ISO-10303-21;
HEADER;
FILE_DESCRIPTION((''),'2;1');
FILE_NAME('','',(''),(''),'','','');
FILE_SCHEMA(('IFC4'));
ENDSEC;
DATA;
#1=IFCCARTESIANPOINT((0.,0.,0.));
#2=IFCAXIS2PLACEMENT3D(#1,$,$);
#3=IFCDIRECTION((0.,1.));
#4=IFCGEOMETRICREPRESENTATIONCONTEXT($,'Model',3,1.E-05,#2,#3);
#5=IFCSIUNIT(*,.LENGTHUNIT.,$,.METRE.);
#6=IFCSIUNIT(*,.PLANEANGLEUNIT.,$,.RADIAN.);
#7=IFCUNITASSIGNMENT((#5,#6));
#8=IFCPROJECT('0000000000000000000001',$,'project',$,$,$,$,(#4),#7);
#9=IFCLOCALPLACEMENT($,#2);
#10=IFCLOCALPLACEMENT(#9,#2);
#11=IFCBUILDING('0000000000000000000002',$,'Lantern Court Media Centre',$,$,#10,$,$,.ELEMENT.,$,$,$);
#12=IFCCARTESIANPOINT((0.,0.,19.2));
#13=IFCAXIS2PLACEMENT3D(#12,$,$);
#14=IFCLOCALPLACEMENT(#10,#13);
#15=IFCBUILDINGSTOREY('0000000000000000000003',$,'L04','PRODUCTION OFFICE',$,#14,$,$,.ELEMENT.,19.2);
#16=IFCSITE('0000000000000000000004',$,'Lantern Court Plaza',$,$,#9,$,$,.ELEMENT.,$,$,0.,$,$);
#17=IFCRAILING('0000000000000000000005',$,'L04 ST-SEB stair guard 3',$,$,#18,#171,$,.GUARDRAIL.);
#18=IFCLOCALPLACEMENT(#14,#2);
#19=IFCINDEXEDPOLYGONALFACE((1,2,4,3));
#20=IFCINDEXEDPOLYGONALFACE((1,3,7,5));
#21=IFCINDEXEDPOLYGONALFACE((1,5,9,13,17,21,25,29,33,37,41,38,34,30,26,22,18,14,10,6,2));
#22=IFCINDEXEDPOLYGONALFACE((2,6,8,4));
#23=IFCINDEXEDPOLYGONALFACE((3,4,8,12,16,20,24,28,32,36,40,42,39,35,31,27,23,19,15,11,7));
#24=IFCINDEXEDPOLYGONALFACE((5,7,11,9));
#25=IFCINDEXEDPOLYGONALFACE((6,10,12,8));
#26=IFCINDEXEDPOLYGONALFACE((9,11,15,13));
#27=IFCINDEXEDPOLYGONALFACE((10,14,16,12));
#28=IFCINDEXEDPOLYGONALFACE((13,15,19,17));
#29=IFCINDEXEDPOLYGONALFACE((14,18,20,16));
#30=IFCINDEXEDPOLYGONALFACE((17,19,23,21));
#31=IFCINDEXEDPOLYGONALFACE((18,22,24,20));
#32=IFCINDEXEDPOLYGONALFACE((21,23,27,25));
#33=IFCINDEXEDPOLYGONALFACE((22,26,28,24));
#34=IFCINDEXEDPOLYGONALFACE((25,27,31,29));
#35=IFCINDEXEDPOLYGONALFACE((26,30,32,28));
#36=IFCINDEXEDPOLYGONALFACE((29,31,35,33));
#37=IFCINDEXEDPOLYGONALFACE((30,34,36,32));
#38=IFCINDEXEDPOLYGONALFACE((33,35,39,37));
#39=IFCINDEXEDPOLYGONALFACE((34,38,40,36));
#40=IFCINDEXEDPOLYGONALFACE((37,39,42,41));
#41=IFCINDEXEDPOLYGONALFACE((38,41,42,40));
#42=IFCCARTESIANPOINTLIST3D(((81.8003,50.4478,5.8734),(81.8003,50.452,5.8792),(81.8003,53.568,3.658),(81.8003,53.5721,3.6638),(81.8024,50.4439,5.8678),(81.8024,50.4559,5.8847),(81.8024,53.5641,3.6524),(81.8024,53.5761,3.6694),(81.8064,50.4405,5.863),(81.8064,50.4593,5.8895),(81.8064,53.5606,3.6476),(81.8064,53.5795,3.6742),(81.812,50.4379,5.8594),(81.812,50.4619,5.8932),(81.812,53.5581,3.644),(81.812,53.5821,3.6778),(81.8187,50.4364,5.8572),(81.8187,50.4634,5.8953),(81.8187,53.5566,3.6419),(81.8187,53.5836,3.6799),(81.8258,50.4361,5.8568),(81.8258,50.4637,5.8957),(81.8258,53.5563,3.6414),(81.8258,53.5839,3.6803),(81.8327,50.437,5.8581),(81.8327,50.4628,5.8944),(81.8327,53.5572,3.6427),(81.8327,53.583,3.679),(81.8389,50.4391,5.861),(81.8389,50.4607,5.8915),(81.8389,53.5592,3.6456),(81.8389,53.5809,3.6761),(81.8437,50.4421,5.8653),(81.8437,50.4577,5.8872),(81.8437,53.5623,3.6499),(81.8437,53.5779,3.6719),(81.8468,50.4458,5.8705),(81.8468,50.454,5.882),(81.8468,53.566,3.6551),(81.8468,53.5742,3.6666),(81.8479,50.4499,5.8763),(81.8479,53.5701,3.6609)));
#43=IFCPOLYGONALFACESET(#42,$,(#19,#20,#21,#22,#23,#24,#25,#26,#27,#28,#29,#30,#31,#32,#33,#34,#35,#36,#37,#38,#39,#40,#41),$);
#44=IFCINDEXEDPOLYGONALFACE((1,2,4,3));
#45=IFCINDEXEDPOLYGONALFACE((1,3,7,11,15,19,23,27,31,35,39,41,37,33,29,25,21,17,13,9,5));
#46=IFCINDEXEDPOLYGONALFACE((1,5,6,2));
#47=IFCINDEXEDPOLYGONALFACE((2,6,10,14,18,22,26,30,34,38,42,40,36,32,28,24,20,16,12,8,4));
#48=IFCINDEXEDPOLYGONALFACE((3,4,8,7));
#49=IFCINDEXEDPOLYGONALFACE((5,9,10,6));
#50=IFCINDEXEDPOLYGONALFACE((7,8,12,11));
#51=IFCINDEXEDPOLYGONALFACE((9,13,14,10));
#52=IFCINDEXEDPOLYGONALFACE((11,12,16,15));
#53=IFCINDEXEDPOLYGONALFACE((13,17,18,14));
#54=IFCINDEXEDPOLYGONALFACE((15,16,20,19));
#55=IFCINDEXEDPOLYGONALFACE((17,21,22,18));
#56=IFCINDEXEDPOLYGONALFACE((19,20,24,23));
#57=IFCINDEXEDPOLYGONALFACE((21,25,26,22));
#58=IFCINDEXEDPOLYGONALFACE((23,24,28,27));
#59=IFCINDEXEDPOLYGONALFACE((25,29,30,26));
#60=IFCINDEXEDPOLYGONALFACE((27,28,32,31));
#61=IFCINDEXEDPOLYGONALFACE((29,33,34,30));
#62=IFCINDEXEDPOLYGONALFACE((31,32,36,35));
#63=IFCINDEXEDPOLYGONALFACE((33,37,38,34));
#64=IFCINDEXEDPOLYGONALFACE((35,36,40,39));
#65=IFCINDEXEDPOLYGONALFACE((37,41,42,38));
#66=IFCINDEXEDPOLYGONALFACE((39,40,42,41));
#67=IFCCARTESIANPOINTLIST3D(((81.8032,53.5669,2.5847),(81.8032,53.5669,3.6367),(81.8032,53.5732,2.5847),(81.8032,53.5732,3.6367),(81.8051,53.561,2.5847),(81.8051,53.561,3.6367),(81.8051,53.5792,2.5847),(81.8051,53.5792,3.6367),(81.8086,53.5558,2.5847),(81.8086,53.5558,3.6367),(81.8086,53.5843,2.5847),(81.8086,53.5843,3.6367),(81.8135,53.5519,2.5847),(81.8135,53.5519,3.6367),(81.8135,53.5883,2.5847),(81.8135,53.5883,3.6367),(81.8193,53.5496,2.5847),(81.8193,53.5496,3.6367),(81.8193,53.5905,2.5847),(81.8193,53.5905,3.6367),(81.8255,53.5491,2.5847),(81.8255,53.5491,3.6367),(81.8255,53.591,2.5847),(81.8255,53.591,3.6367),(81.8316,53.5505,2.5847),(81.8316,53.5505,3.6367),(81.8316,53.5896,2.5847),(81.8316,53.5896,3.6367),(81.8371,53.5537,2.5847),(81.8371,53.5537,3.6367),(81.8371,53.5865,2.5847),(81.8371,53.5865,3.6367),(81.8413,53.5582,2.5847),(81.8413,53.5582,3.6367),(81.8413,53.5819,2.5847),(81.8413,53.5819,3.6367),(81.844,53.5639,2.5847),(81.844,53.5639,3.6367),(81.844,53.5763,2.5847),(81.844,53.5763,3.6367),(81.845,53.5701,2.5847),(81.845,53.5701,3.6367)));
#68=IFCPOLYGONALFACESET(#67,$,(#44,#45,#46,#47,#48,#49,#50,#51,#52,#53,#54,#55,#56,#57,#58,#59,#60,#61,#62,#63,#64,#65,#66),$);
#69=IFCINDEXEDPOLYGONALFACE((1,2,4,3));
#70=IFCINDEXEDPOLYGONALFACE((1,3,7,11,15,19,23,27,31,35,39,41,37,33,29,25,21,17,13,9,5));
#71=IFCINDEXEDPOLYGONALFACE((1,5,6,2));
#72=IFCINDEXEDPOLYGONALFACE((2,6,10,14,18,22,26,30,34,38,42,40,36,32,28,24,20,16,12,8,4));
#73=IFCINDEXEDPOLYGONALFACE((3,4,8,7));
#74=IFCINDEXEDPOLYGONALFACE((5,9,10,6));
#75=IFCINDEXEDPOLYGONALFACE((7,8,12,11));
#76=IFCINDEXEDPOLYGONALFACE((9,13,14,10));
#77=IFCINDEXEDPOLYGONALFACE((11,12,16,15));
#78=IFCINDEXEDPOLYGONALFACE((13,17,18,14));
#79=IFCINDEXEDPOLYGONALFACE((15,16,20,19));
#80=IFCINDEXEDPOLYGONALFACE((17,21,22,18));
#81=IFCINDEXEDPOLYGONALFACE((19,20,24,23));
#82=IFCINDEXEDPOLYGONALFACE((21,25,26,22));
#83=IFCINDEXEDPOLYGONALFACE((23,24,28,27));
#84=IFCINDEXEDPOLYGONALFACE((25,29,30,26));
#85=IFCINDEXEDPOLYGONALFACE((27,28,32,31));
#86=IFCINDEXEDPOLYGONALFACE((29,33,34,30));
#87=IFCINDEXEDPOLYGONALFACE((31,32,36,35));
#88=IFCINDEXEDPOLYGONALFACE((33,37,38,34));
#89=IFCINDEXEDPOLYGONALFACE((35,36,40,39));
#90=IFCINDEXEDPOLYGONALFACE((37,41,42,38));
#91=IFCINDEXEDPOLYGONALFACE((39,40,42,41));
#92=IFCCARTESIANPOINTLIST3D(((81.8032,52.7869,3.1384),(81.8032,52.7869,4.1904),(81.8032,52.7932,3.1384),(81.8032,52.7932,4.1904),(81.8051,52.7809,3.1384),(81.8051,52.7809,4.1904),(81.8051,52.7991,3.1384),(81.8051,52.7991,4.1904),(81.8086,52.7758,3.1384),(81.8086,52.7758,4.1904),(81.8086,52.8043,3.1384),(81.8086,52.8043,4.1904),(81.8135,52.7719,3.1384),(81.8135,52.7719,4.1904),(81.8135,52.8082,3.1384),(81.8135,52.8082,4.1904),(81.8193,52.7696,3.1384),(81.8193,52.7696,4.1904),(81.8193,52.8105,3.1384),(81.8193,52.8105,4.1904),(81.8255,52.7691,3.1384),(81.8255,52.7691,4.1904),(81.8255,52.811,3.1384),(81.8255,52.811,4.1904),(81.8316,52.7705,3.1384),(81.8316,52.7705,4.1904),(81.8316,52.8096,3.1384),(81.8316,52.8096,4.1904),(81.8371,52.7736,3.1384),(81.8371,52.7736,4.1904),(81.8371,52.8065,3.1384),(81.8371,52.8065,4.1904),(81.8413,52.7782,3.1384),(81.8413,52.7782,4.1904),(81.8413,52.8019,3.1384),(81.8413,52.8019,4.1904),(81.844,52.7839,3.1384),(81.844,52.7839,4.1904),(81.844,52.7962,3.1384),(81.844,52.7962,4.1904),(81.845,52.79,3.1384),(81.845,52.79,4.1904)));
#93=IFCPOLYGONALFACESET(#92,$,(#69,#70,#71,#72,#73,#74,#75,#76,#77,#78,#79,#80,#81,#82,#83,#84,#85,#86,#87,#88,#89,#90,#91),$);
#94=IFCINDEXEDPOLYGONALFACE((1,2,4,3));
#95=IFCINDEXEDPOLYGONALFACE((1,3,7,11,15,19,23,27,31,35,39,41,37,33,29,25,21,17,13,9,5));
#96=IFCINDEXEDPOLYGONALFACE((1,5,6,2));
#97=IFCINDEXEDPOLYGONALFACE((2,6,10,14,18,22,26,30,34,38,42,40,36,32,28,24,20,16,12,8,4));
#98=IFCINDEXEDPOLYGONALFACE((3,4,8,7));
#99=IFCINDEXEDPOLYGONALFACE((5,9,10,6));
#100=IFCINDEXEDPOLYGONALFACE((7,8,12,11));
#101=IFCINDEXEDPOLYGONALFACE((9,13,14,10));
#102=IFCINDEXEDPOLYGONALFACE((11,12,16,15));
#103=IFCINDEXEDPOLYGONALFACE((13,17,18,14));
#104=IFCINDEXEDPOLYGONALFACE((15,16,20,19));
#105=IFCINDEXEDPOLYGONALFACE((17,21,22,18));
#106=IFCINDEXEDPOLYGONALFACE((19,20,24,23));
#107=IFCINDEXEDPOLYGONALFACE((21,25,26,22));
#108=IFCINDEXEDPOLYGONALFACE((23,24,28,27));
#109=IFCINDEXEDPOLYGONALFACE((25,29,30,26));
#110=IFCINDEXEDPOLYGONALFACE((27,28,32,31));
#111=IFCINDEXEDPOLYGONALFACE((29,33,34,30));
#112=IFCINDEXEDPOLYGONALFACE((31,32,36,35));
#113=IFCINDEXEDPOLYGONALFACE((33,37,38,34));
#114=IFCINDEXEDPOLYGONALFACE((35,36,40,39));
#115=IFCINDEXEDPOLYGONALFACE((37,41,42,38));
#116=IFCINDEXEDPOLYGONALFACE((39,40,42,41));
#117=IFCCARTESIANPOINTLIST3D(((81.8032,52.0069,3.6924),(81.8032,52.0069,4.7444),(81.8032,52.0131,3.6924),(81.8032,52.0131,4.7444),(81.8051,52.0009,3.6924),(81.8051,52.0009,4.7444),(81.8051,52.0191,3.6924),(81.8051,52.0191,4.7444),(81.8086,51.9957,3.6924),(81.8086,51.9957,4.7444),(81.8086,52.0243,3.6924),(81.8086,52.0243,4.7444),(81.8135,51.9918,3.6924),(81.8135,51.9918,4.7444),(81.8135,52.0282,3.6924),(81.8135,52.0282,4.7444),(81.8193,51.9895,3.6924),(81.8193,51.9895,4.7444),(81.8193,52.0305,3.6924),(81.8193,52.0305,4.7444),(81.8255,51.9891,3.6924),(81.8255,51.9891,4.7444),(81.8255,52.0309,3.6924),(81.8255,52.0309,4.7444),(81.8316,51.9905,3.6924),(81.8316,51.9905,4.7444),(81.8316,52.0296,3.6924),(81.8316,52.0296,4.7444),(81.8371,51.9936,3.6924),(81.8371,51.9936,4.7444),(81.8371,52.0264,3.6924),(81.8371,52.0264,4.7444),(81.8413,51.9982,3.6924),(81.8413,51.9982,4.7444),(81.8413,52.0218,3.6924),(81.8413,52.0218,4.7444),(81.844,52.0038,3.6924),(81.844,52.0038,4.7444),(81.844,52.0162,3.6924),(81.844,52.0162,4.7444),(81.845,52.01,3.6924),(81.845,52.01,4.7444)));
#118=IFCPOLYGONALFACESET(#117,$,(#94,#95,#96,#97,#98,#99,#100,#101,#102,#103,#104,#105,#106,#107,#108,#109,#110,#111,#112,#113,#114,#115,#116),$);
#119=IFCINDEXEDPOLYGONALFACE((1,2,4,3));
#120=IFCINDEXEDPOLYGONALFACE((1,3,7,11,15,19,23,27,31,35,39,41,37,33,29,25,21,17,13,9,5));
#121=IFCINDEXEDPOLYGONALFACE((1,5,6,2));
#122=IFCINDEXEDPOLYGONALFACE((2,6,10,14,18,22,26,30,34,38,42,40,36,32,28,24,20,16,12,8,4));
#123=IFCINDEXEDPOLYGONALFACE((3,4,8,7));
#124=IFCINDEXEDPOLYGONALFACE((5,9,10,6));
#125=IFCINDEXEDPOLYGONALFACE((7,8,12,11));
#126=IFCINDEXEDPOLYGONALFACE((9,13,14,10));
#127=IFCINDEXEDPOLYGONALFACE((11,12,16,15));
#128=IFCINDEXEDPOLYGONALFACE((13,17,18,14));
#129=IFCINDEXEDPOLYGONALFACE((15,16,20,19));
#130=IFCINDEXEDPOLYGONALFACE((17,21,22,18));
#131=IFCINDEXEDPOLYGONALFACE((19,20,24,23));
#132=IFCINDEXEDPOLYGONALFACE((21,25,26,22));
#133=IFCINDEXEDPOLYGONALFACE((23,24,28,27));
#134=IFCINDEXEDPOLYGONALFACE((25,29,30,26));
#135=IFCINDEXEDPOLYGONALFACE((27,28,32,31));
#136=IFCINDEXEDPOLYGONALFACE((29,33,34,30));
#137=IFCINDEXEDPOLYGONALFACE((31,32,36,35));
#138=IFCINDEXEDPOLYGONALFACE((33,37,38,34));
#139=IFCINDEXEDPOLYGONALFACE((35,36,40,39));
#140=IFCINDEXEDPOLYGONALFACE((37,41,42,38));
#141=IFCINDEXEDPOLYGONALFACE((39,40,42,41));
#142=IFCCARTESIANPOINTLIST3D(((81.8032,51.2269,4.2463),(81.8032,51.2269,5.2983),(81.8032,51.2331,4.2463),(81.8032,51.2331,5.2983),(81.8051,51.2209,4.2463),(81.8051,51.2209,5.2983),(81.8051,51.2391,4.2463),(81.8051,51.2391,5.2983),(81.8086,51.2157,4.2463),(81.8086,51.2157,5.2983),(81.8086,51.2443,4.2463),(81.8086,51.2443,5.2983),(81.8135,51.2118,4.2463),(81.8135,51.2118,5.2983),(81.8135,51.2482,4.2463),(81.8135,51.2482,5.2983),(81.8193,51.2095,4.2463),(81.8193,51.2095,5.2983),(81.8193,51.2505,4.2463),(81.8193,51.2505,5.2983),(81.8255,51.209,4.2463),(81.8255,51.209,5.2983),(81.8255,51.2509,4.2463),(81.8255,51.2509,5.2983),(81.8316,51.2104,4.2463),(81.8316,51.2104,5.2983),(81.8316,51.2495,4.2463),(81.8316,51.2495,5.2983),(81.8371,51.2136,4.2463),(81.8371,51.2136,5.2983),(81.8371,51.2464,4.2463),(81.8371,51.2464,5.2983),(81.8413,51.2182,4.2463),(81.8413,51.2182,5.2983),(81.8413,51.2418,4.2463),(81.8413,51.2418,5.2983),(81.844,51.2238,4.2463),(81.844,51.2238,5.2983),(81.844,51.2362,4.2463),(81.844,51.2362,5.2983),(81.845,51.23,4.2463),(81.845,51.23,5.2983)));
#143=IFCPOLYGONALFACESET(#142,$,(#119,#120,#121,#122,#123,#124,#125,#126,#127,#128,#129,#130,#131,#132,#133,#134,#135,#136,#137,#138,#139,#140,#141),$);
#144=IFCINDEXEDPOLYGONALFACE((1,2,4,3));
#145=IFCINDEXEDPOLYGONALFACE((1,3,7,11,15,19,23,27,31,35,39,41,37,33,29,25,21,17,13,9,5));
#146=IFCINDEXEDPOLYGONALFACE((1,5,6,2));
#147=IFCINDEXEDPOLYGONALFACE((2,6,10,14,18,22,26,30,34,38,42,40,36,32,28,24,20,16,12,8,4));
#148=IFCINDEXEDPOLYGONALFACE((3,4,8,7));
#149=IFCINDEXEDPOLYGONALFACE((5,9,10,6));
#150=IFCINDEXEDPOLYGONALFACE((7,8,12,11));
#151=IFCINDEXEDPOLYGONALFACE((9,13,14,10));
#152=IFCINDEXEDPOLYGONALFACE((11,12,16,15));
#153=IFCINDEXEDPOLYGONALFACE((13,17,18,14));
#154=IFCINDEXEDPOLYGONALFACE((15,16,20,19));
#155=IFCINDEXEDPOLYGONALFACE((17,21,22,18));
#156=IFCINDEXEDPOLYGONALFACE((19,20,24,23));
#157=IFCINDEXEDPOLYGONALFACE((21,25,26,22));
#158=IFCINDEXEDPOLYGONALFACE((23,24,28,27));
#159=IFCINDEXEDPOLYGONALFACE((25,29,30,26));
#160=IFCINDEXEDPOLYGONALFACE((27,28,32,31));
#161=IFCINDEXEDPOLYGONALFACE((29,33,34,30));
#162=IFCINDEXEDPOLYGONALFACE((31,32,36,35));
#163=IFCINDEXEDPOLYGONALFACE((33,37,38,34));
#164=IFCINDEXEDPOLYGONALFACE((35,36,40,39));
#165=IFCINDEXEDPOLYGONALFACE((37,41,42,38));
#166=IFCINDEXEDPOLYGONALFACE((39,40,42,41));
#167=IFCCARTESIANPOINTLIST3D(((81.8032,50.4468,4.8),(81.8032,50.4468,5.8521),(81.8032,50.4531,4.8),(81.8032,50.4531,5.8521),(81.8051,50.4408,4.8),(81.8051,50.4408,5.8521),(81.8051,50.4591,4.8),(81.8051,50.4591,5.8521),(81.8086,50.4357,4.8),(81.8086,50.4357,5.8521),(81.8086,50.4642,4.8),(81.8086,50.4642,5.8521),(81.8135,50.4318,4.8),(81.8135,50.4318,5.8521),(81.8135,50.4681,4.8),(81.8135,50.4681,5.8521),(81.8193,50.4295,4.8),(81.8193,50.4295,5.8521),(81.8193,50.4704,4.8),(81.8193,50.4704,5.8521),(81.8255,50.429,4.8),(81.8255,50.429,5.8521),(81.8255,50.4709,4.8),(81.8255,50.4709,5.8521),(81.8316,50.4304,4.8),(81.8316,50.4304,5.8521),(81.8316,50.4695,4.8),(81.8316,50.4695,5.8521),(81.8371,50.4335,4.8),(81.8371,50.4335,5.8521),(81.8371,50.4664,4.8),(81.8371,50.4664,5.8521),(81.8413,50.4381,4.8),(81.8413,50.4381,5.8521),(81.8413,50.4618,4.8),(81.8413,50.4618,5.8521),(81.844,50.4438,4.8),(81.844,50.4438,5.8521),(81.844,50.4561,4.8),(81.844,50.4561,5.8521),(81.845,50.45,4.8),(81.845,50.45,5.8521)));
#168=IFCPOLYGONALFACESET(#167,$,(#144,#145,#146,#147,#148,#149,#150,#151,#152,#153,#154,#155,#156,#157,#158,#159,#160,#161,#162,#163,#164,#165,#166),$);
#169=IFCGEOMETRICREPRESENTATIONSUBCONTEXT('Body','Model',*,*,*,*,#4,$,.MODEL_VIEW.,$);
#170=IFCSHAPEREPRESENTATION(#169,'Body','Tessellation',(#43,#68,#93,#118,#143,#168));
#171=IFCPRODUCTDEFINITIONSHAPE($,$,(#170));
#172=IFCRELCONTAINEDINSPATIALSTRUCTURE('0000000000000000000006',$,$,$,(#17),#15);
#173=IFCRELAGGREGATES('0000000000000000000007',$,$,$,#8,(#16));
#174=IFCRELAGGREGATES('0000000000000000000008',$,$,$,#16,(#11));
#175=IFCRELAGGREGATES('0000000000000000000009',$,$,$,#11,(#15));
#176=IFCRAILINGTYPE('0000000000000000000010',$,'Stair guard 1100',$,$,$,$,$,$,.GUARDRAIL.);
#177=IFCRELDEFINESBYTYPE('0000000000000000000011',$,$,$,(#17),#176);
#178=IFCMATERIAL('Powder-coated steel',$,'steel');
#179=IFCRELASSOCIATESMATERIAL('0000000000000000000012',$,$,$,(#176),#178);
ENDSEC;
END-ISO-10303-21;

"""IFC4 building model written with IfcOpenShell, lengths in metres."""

from ifc_helpers import new_model, si_unit, direction, frame, origin, origin_2d, place, context, subcontext, project, spatial, circle, extrude, material, type_object, element, save


model = new_model("IFC4")

# Units and contexts
model_context = context("Model", 3, precision=1e-05, world=origin(), true_north=direction((0.0, 1.0)))
body_context = subcontext(model_context, "Body", "Model", "MODEL_VIEW")
ifc_project = project(units=[si_unit("LENGTHUNIT", "METRE"), si_unit("PLANEANGLEUNIT", "RADIAN")], contexts=[model_context])

# Site, building, storey
site_placement = place(None, origin())
site = spatial("IfcSite", under=ifc_project, at=site_placement, Name="Lantern Court Plaza", CompositionType="ELEMENT", RefElevation=0.0)
building_placement = place(site_placement, origin())
building = spatial("IfcBuilding", under=site, at=building_placement, Name="Lantern Court Media Centre", CompositionType="ELEMENT")
storey_placement = place(building_placement, frame((0.0, 0.0, 19.2)))
storey = spatial("IfcBuildingStorey", under=building, at=storey_placement, Name="L04", Description="PRODUCTION OFFICE", CompositionType="ELEMENT", Elevation=19.2)

# Railing
ifc_material_1 = material(Name="Powder-coated steel", Category="steel")
railing_type_1 = type_object("IfcRailingType", Name="Stair guard 1100", PredefinedType="GUARDRAIL", material=ifc_material_1)
railing_1_placement = place(storey_placement, frame((81.824, 53.5701, 2.5847)))
element("IfcRailing", 1, at=railing_1_placement, inside=storey, type_object=railing_type_1, Name="L04 ST-SEB stair guard 3", PredefinedType="GUARDRAIL", context=body_context, shape_type="SweptSolid", body=[
    extrude(circle(Radius=0.0239, at=origin_2d()), frame((0.0, 0.0, 1.0762), z_axis=(0.0, -0.815377, 0.57893), x_axis=(1.0, 0.0, 0.0)), (0.0, 0.0, 1.0), 3.8267),
    extrude(circle(Radius=0.021, at=origin_2d()), origin(), (0.0, 0.0, 1.0), 1.052),
    extrude(circle(Radius=0.021, at=origin_2d()), frame((0.0, -0.78, 0.5537)), (0.0, 0.0, 1.0), 1.052),
    extrude(circle(Radius=0.021, at=origin_2d()), frame((0.0, -1.5601, 1.1077)), (0.0, 0.0, 1.0), 1.052),
    extrude(circle(Radius=0.021, at=origin_2d()), frame((0.0, -2.3401, 1.6616)), (0.0, 0.0, 1.0), 1.052),
    extrude(circle(Radius=0.021, at=origin_2d()), frame((0.0, -3.1201, 2.2153)), (0.0, 0.0, 1.0), 1.052),
])

save(model, "model.ifc")
